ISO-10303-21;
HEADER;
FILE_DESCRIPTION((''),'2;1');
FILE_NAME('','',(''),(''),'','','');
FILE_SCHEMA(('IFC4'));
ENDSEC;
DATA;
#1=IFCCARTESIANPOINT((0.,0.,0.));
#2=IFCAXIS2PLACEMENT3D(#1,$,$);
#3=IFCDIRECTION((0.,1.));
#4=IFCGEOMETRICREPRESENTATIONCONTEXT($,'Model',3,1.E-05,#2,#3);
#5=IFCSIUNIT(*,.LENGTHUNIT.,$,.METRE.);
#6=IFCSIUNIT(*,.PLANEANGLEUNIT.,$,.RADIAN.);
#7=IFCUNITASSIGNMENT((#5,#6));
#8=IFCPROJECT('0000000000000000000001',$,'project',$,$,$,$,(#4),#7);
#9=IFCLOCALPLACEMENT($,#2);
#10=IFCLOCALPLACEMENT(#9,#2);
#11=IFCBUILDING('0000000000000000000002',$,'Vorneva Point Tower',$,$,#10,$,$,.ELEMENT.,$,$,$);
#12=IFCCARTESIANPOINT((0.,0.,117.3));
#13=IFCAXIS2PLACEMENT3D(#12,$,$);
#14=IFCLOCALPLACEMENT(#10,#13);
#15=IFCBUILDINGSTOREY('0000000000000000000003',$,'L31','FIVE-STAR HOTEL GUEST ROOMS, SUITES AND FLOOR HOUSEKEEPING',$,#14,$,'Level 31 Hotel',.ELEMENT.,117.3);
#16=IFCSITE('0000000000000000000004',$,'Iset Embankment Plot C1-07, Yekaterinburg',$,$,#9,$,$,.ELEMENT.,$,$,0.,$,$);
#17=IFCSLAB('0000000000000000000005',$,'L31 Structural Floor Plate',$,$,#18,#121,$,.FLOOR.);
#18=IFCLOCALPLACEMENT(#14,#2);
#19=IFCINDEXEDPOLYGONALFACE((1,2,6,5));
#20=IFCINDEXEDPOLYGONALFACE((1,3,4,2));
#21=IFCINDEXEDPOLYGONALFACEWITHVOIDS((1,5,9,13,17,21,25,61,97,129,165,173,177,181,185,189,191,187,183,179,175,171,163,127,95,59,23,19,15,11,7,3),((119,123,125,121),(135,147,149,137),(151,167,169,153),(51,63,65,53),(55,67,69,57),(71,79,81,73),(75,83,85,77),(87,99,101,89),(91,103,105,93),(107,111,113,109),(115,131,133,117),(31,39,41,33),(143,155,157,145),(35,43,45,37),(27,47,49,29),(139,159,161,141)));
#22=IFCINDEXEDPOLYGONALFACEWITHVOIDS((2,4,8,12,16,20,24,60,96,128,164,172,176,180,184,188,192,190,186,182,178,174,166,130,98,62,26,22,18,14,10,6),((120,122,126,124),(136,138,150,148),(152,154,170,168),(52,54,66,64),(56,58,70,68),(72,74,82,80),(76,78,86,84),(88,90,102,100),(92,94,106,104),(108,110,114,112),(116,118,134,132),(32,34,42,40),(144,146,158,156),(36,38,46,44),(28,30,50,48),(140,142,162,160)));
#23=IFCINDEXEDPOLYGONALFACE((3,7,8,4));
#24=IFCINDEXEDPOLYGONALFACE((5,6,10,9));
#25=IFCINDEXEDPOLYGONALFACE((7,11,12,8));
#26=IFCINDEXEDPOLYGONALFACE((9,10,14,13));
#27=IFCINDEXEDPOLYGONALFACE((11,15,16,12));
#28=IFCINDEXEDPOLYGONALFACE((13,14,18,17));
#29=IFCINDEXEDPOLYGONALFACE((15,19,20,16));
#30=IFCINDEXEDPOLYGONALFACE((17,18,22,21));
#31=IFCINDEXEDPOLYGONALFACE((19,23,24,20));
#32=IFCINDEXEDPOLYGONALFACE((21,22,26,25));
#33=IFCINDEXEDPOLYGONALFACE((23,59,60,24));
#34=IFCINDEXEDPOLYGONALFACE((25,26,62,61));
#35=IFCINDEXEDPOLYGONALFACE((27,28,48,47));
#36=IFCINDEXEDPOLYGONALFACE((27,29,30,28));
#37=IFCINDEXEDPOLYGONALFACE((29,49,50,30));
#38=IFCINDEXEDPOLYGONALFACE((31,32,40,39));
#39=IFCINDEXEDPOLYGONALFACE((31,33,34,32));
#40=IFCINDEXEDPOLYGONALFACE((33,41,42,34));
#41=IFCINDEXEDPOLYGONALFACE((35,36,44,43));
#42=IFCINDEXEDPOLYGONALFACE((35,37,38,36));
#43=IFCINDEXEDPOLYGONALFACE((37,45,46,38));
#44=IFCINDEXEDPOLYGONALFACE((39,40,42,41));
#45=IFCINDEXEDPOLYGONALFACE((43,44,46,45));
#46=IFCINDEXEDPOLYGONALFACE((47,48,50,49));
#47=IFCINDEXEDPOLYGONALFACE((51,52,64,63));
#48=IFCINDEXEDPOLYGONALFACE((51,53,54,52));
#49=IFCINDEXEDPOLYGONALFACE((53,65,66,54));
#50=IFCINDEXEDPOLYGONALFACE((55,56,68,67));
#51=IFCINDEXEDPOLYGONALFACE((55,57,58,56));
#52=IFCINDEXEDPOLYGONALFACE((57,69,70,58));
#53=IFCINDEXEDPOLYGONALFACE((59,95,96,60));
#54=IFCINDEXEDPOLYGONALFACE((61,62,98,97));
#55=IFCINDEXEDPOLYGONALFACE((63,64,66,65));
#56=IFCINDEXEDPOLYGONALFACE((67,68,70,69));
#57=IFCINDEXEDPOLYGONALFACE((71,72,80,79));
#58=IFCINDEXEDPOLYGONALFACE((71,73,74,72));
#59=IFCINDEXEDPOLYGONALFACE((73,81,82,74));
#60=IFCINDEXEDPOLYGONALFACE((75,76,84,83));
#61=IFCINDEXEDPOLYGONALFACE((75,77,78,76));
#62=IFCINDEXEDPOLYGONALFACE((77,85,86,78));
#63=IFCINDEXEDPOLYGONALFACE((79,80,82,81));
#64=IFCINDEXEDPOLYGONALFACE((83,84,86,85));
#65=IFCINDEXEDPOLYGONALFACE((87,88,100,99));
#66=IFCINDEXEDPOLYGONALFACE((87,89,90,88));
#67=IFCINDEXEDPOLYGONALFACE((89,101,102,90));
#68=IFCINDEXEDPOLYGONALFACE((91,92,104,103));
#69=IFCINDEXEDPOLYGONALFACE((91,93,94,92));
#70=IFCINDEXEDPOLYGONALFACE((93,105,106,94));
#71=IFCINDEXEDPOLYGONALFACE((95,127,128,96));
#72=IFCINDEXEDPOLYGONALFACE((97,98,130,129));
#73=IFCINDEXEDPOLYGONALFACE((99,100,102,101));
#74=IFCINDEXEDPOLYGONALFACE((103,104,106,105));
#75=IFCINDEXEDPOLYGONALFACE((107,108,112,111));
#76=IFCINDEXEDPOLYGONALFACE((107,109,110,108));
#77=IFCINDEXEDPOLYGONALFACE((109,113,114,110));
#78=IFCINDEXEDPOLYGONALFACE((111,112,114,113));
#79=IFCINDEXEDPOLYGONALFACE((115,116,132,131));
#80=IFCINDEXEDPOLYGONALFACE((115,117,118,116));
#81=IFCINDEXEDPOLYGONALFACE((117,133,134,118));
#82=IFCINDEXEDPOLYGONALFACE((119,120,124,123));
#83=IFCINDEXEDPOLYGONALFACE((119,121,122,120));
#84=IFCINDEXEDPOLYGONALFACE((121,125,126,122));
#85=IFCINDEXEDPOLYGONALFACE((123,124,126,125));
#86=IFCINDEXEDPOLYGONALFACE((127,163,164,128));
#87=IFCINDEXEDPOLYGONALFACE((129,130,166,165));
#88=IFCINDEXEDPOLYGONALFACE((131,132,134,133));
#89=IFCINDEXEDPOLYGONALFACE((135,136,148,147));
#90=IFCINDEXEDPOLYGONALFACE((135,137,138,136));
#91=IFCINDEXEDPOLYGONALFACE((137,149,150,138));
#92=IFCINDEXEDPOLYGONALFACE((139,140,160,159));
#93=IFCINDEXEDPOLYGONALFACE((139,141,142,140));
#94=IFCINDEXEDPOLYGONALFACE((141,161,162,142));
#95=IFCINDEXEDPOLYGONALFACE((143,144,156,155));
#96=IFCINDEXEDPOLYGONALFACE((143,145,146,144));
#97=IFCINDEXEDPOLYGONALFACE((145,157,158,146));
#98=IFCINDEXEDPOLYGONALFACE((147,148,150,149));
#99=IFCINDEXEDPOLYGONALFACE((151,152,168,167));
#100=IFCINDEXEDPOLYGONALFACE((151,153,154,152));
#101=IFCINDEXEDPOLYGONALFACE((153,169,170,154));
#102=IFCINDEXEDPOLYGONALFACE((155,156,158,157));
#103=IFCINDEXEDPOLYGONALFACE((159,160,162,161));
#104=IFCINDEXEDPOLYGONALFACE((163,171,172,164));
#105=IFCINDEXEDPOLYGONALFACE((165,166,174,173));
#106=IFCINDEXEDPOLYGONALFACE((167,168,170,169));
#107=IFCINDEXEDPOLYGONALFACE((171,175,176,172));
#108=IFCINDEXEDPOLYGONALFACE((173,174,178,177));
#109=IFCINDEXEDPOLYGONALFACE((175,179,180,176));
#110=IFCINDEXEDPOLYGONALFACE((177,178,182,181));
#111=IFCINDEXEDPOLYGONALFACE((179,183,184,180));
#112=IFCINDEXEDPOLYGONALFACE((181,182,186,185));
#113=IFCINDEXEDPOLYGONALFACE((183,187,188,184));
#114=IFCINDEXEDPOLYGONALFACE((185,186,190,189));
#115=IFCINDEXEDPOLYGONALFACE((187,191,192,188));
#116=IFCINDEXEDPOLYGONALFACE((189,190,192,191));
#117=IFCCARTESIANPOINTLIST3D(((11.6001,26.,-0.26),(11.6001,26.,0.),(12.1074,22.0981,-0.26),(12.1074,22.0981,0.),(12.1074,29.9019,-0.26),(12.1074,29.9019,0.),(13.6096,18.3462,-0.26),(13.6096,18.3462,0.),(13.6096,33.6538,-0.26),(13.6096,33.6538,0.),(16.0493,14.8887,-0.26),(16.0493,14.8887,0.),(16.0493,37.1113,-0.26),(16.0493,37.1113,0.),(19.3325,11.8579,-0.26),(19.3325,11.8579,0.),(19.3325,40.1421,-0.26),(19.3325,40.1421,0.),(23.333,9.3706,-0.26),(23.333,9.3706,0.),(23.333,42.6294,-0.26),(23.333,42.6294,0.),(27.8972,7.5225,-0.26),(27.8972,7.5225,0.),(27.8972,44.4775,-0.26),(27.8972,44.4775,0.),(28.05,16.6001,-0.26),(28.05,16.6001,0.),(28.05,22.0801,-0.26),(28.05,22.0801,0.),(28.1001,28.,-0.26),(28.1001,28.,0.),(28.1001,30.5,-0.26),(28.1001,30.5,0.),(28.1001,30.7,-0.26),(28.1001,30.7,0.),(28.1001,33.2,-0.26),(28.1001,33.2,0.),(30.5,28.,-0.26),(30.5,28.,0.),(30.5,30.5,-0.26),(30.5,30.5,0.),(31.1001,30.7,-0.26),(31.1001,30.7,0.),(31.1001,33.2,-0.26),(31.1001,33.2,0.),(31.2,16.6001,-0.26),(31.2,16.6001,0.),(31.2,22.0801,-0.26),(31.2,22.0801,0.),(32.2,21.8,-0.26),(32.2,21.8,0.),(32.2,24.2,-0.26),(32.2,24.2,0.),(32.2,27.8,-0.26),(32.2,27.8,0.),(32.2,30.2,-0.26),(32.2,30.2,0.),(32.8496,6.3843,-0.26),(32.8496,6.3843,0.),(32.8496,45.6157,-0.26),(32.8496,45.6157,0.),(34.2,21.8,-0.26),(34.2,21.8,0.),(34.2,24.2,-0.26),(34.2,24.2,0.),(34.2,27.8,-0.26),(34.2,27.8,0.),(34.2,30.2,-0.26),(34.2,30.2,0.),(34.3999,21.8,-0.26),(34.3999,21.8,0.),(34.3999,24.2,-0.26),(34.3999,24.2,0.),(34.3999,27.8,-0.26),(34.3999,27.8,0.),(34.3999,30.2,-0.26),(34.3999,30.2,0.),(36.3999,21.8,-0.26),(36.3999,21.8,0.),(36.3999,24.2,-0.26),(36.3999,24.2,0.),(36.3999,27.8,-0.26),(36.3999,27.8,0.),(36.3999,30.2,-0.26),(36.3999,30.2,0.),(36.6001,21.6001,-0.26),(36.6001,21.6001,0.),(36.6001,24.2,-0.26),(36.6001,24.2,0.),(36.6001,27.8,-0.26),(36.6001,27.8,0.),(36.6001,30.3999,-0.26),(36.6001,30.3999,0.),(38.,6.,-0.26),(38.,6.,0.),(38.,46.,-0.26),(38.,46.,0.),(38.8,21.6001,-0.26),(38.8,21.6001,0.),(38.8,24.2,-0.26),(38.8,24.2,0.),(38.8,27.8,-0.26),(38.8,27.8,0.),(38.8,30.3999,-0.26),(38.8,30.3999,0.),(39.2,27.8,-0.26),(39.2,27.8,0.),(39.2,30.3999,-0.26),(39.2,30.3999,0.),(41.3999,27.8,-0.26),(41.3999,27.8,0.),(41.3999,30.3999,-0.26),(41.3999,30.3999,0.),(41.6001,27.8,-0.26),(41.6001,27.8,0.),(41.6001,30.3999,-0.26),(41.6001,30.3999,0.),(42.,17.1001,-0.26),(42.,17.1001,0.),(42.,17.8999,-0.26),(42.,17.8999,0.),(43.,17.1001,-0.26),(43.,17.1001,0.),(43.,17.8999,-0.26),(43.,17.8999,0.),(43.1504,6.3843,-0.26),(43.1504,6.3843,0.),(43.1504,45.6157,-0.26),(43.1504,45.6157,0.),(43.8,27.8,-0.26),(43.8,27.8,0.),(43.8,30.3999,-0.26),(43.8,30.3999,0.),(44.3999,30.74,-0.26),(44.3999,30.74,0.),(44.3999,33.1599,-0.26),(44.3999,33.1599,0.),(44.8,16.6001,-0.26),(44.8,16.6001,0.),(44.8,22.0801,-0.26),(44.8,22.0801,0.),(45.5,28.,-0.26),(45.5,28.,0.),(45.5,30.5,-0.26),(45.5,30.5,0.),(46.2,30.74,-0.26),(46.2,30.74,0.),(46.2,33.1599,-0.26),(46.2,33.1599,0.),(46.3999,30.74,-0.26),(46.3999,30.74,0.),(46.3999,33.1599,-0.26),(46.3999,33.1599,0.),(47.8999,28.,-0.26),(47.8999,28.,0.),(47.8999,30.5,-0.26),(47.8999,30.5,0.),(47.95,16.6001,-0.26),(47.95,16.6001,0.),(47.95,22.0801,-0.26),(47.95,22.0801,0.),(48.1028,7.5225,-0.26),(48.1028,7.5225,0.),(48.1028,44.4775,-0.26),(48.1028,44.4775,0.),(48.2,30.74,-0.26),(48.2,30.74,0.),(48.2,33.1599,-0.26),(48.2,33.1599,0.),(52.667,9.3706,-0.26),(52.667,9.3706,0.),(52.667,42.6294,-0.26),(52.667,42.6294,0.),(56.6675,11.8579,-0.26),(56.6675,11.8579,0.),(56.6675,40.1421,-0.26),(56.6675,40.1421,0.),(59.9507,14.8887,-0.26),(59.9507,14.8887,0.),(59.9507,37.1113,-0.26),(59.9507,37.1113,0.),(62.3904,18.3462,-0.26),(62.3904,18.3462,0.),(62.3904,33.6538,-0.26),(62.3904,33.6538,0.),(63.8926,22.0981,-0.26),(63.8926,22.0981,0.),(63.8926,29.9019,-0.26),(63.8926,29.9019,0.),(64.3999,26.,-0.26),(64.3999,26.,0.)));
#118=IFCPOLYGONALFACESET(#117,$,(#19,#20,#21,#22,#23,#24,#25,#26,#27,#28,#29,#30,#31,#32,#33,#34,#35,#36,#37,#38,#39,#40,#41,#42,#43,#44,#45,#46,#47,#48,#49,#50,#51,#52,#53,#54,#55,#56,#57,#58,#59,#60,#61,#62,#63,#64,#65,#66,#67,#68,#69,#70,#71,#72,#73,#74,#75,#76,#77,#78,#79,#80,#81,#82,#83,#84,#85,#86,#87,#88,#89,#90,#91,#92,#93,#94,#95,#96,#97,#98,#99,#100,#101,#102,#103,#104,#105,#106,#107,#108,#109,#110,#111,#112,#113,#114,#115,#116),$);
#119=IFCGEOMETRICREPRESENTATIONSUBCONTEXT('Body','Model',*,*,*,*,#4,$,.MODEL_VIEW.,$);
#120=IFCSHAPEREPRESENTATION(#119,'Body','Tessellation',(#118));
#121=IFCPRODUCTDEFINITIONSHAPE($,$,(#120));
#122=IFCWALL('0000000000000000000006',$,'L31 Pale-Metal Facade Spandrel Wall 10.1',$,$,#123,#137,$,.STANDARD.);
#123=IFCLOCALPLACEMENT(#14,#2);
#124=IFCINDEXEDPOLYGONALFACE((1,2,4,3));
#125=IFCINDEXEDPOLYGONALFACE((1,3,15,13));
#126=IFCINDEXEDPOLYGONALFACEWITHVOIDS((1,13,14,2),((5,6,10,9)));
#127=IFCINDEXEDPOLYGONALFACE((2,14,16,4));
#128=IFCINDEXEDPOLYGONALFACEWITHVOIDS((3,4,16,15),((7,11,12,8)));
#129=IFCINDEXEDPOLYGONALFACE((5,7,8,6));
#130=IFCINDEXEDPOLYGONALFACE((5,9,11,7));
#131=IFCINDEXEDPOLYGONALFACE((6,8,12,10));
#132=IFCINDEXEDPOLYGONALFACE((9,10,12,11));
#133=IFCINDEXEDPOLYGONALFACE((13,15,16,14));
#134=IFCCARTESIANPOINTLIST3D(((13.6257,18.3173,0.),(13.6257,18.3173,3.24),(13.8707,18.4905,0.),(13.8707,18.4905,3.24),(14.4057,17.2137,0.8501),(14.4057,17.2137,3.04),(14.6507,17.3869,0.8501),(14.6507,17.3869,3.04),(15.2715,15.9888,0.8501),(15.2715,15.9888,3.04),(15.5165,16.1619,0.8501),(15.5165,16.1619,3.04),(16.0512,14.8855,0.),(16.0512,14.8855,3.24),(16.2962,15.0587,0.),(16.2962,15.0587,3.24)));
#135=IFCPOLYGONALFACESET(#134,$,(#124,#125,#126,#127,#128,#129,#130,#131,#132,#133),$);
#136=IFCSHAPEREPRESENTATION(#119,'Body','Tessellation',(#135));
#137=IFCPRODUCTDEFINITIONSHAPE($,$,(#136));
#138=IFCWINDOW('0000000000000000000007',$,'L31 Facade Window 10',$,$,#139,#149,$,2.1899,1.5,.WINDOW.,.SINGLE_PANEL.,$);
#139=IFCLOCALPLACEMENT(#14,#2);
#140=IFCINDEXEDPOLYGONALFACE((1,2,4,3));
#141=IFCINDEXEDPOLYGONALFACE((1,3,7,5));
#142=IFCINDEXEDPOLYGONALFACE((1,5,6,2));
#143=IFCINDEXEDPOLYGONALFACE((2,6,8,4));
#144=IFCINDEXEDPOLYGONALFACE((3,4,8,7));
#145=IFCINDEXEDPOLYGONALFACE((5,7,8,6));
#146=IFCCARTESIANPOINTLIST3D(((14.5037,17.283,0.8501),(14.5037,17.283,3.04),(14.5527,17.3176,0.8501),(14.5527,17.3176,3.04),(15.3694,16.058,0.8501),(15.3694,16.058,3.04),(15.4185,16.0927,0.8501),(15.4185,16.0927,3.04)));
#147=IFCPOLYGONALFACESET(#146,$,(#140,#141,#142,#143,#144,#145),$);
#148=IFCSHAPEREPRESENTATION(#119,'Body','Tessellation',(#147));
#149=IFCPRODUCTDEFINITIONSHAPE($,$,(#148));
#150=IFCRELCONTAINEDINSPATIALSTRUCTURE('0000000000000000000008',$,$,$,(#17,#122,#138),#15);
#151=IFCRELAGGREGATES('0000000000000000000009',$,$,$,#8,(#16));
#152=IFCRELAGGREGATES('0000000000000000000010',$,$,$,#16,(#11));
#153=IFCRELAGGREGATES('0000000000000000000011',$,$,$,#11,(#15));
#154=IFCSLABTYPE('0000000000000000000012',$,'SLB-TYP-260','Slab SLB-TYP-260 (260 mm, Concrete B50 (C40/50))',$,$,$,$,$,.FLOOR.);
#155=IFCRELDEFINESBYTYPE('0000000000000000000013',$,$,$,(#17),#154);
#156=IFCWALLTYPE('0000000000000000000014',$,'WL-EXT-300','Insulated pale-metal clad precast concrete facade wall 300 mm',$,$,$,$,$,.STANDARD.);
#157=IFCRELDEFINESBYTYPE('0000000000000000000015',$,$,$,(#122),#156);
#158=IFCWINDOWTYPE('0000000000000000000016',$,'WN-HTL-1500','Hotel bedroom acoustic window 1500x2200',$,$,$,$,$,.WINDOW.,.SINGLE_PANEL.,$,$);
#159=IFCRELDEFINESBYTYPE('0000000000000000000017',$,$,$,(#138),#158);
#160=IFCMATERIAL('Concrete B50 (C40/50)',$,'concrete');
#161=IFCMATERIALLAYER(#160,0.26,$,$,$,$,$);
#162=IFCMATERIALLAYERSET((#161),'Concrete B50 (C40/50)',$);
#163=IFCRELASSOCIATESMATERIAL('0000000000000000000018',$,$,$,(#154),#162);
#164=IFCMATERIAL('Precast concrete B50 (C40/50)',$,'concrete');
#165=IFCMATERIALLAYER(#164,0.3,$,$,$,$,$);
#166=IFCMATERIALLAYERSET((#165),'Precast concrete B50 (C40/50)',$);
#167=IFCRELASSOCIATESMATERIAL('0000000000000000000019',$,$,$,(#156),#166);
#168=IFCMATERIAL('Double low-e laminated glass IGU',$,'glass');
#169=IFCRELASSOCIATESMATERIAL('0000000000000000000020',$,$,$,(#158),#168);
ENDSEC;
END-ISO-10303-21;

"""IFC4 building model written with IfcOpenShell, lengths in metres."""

from ifc_helpers import new_model, si_unit, direction, frame, frame_2d, origin, place, context, subcontext, project, spatial, polyline, rectangle, outline, extrude, material, layer, layer_set, type_object, element, fill, save


model = new_model("IFC4")

# Units and contexts
model_context = context("Model", 3, precision=1e-05, world=origin(), true_north=direction((0.0, 1.0)))
body_context = subcontext(model_context, "Body", "Model", "MODEL_VIEW")
ifc_project = project(units=[si_unit("LENGTHUNIT", "METRE"), si_unit("PLANEANGLEUNIT", "RADIAN")], contexts=[model_context])

# Site, building, storey
site_placement = place(None, origin())
site = spatial("IfcSite", under=ifc_project, at=site_placement, Name="Iset Embankment Plot C1-07, Yekaterinburg", CompositionType="ELEMENT", RefElevation=0.0)
building_placement = place(site_placement, origin())
building = spatial("IfcBuilding", under=site, at=building_placement, Name="Vorneva Point Tower", CompositionType="ELEMENT")
storey_placement = place(building_placement, frame((0.0, 0.0, 117.3)))
storey = spatial("IfcBuildingStorey", under=building, at=storey_placement, Name="L31", Description="FIVE-STAR HOTEL GUEST ROOMS, SUITES AND FLOOR HOUSEKEEPING", LongName="Level 31 Hotel", CompositionType="ELEMENT", Elevation=117.3)

# Shared definitions
ifc_material_1 = material(Name="Double low-e laminated glass IGU", Category="glass")

# Shared definitions
ifc_material_2 = material(Name="Concrete B50 (C40/50)", Category="concrete")

# Slab
ifc_layer_1 = layer(ifc_material_2, 0.26)
ifc_layer_set_1 = layer_set([ifc_layer_1], Name="Concrete B50 (C40/50)")
slab_type_1 = type_object("IfcSlabType", Name="SLB-TYP-260", Description="Slab SLB-TYP-260 (260 mm, Concrete B50 (C40/50))", PredefinedType="FLOOR", material=ifc_layer_set_1)
slab_1_placement = place(storey_placement, frame((0.0, 0.0, -0.26)))
element("IfcSlab", 1, at=slab_1_placement, inside=storey, type_object=slab_type_1, Name="L31 Structural Floor Plate", PredefinedType="FLOOR", context=body_context, shape_type="SweptSolid", body=[
    extrude(outline(polyline([(64.3999, 26.0), (63.8926, 29.9019), (62.3904, 33.6538), (59.9507, 37.1113), (56.6675, 40.1421), (52.667, 42.6294), (48.1028, 44.4775), (43.1504, 45.6157), (38.0, 46.0), (32.8496, 45.6157), (27.8972, 44.4775), (23.333, 42.6294), (19.3325, 40.1421), (16.0493, 37.1113), (13.6096, 33.6538), (12.1074, 29.9019), (11.6001, 26.0), (12.1074, 22.0981), (13.6096, 18.3462), (16.0493, 14.8887), (19.3325, 11.8579), (23.333, 9.3706), (27.8972, 7.5225), (32.8496, 6.3843), (38.0, 6.0), (43.1504, 6.3843), (48.1028, 7.5225), (52.667, 9.3706), (56.6675, 11.8579), (59.9507, 14.8887), (62.3904, 18.3462), (63.8926, 22.0981), (64.3999, 26.0)]), holes=[polyline([(32.2, 27.8), (34.2, 27.8), (34.2, 30.2), (32.2, 30.2), (32.2, 27.8)]), polyline([(34.3999, 27.8), (36.3999, 27.8), (36.3999, 30.2), (34.3999, 30.2), (34.3999, 27.8)]), polyline([(36.6001, 27.8), (38.8, 27.8), (38.8, 30.3999), (36.6001, 30.3999), (36.6001, 27.8)]), polyline([(32.2, 21.8), (34.2, 21.8), (34.2, 24.2), (32.2, 24.2), (32.2, 21.8)]), polyline([(34.3999, 21.8), (36.3999, 21.8), (36.3999, 24.2), (34.3999, 24.2), (34.3999, 21.8)]), polyline([(36.6001, 21.6001), (38.8, 21.6001), (38.8, 24.2), (36.6001, 24.2), (36.6001, 21.6001)]), polyline([(39.2, 27.8), (41.3999, 27.8), (41.3999, 30.3999), (39.2, 30.3999), (39.2, 27.8)]), polyline([(41.6001, 27.8), (43.8, 27.8), (43.8, 30.3999), (41.6001, 30.3999), (41.6001, 27.8)]), polyline([(44.3999, 30.74), (46.2, 30.74), (46.2, 33.1599), (44.3999, 33.1599), (44.3999, 30.74)]), polyline([(46.3999, 30.74), (48.2, 30.74), (48.2, 33.1599), (46.3999, 33.1599), (46.3999, 30.74)]), polyline([(28.1001, 28.0), (30.5, 28.0), (30.5, 30.5), (28.1001, 30.5), (28.1001, 28.0)]), polyline([(45.5, 28.0), (47.8999, 28.0), (47.8999, 30.5), (45.5, 30.5), (45.5, 28.0)]), polyline([(28.1001, 30.7), (31.1001, 30.7), (31.1001, 33.2), (28.1001, 33.2), (28.1001, 30.7)]), polyline([(28.05, 16.6001), (31.2, 16.6001), (31.2, 22.0801), (28.05, 22.0801), (28.05, 16.6001)]), polyline([(44.8, 16.6001), (47.95, 16.6001), (47.95, 22.0801), (44.8, 22.0801), (44.8, 16.6001)]), polyline([(42.0, 17.1001), (43.0, 17.1001), (43.0, 17.8999), (42.0, 17.8999), (42.0, 17.1001)])]), origin(), (0.0, 0.0, 1.0), 0.26),
])

# Wall, opening, window
ifc_material_3 = material(Name="Precast concrete B50 (C40/50)", Category="concrete")
ifc_layer_2 = layer(ifc_material_3, 0.3)
ifc_layer_set_2 = layer_set([ifc_layer_2], Name="Precast concrete B50 (C40/50)")
wall_type_1 = type_object("IfcWallType", Name="WL-EXT-300", Description="Insulated pale-metal clad precast concrete facade wall 300 mm", PredefinedType="STANDARD", material=ifc_layer_set_2)
wall_1_placement = place(storey_placement, frame((13.7483, 18.4038, 0.0), z_axis=(0.0, 0.0, 1.0), x_axis=(0.577164, -0.816628, 0.0)))
wall_1 = element("IfcWall", 2, at=wall_1_placement, inside=storey, type_object=wall_type_1, Name="L31 Pale-Metal Facade Spandrel Wall 10.1", PredefinedType="STANDARD", context=body_context, shape_type="SweptSolid", body=[
    extrude(rectangle(XDim=4.2024, YDim=0.3, at=frame_2d((2.1011, 0.0))), origin(), (0.0, 0.0, 1.0), 3.24),
])
opening_1_placement = place(wall_1_placement, frame((1.3513, 0.0, 0.8501)))
opening_1 = element("IfcOpeningElement", 3, at=opening_1_placement, cuts=wall_1, PredefinedType="OPENING", context=body_context, shape_type="SweptSolid", body=[
    extrude(rectangle(XDim=1.5, YDim=2.1899, at=frame_2d((0.75, 1.095))), frame((0.0, 0.165, 0.0), z_axis=(0.0, -1.0, 0.0), x_axis=(1.0, 0.0, 0.0)), (0.0, 0.0, 1.0), 0.3298),
])
window_type = type_object("IfcWindowType", Name="WN-HTL-1500", Description="Hotel bedroom acoustic window 1500x2200", PartitioningType="SINGLE_PANEL", PredefinedType="WINDOW", material=ifc_material_1)
window_placement = place(opening_1_placement, origin())
window = element("IfcWindow", 4, at=window_placement, inside=storey, type_object=window_type, Name="L31 Facade Window 10", OverallHeight=2.1899, OverallWidth=1.5, PartitioningType="SINGLE_PANEL", PredefinedType="WINDOW", context=body_context, shape_type="SweptSolid", body=[
    extrude(rectangle(XDim=1.5, YDim=2.1899, at=frame_2d((0.75, 1.095))), frame((0.0, 0.03, 0.0), z_axis=(0.0, -1.0, 0.0), x_axis=(1.0, 0.0, 0.0)), (0.0, 0.0, 1.0), 0.0601),
])
fill(opening_1, window)

save(model, "model.ifc")
